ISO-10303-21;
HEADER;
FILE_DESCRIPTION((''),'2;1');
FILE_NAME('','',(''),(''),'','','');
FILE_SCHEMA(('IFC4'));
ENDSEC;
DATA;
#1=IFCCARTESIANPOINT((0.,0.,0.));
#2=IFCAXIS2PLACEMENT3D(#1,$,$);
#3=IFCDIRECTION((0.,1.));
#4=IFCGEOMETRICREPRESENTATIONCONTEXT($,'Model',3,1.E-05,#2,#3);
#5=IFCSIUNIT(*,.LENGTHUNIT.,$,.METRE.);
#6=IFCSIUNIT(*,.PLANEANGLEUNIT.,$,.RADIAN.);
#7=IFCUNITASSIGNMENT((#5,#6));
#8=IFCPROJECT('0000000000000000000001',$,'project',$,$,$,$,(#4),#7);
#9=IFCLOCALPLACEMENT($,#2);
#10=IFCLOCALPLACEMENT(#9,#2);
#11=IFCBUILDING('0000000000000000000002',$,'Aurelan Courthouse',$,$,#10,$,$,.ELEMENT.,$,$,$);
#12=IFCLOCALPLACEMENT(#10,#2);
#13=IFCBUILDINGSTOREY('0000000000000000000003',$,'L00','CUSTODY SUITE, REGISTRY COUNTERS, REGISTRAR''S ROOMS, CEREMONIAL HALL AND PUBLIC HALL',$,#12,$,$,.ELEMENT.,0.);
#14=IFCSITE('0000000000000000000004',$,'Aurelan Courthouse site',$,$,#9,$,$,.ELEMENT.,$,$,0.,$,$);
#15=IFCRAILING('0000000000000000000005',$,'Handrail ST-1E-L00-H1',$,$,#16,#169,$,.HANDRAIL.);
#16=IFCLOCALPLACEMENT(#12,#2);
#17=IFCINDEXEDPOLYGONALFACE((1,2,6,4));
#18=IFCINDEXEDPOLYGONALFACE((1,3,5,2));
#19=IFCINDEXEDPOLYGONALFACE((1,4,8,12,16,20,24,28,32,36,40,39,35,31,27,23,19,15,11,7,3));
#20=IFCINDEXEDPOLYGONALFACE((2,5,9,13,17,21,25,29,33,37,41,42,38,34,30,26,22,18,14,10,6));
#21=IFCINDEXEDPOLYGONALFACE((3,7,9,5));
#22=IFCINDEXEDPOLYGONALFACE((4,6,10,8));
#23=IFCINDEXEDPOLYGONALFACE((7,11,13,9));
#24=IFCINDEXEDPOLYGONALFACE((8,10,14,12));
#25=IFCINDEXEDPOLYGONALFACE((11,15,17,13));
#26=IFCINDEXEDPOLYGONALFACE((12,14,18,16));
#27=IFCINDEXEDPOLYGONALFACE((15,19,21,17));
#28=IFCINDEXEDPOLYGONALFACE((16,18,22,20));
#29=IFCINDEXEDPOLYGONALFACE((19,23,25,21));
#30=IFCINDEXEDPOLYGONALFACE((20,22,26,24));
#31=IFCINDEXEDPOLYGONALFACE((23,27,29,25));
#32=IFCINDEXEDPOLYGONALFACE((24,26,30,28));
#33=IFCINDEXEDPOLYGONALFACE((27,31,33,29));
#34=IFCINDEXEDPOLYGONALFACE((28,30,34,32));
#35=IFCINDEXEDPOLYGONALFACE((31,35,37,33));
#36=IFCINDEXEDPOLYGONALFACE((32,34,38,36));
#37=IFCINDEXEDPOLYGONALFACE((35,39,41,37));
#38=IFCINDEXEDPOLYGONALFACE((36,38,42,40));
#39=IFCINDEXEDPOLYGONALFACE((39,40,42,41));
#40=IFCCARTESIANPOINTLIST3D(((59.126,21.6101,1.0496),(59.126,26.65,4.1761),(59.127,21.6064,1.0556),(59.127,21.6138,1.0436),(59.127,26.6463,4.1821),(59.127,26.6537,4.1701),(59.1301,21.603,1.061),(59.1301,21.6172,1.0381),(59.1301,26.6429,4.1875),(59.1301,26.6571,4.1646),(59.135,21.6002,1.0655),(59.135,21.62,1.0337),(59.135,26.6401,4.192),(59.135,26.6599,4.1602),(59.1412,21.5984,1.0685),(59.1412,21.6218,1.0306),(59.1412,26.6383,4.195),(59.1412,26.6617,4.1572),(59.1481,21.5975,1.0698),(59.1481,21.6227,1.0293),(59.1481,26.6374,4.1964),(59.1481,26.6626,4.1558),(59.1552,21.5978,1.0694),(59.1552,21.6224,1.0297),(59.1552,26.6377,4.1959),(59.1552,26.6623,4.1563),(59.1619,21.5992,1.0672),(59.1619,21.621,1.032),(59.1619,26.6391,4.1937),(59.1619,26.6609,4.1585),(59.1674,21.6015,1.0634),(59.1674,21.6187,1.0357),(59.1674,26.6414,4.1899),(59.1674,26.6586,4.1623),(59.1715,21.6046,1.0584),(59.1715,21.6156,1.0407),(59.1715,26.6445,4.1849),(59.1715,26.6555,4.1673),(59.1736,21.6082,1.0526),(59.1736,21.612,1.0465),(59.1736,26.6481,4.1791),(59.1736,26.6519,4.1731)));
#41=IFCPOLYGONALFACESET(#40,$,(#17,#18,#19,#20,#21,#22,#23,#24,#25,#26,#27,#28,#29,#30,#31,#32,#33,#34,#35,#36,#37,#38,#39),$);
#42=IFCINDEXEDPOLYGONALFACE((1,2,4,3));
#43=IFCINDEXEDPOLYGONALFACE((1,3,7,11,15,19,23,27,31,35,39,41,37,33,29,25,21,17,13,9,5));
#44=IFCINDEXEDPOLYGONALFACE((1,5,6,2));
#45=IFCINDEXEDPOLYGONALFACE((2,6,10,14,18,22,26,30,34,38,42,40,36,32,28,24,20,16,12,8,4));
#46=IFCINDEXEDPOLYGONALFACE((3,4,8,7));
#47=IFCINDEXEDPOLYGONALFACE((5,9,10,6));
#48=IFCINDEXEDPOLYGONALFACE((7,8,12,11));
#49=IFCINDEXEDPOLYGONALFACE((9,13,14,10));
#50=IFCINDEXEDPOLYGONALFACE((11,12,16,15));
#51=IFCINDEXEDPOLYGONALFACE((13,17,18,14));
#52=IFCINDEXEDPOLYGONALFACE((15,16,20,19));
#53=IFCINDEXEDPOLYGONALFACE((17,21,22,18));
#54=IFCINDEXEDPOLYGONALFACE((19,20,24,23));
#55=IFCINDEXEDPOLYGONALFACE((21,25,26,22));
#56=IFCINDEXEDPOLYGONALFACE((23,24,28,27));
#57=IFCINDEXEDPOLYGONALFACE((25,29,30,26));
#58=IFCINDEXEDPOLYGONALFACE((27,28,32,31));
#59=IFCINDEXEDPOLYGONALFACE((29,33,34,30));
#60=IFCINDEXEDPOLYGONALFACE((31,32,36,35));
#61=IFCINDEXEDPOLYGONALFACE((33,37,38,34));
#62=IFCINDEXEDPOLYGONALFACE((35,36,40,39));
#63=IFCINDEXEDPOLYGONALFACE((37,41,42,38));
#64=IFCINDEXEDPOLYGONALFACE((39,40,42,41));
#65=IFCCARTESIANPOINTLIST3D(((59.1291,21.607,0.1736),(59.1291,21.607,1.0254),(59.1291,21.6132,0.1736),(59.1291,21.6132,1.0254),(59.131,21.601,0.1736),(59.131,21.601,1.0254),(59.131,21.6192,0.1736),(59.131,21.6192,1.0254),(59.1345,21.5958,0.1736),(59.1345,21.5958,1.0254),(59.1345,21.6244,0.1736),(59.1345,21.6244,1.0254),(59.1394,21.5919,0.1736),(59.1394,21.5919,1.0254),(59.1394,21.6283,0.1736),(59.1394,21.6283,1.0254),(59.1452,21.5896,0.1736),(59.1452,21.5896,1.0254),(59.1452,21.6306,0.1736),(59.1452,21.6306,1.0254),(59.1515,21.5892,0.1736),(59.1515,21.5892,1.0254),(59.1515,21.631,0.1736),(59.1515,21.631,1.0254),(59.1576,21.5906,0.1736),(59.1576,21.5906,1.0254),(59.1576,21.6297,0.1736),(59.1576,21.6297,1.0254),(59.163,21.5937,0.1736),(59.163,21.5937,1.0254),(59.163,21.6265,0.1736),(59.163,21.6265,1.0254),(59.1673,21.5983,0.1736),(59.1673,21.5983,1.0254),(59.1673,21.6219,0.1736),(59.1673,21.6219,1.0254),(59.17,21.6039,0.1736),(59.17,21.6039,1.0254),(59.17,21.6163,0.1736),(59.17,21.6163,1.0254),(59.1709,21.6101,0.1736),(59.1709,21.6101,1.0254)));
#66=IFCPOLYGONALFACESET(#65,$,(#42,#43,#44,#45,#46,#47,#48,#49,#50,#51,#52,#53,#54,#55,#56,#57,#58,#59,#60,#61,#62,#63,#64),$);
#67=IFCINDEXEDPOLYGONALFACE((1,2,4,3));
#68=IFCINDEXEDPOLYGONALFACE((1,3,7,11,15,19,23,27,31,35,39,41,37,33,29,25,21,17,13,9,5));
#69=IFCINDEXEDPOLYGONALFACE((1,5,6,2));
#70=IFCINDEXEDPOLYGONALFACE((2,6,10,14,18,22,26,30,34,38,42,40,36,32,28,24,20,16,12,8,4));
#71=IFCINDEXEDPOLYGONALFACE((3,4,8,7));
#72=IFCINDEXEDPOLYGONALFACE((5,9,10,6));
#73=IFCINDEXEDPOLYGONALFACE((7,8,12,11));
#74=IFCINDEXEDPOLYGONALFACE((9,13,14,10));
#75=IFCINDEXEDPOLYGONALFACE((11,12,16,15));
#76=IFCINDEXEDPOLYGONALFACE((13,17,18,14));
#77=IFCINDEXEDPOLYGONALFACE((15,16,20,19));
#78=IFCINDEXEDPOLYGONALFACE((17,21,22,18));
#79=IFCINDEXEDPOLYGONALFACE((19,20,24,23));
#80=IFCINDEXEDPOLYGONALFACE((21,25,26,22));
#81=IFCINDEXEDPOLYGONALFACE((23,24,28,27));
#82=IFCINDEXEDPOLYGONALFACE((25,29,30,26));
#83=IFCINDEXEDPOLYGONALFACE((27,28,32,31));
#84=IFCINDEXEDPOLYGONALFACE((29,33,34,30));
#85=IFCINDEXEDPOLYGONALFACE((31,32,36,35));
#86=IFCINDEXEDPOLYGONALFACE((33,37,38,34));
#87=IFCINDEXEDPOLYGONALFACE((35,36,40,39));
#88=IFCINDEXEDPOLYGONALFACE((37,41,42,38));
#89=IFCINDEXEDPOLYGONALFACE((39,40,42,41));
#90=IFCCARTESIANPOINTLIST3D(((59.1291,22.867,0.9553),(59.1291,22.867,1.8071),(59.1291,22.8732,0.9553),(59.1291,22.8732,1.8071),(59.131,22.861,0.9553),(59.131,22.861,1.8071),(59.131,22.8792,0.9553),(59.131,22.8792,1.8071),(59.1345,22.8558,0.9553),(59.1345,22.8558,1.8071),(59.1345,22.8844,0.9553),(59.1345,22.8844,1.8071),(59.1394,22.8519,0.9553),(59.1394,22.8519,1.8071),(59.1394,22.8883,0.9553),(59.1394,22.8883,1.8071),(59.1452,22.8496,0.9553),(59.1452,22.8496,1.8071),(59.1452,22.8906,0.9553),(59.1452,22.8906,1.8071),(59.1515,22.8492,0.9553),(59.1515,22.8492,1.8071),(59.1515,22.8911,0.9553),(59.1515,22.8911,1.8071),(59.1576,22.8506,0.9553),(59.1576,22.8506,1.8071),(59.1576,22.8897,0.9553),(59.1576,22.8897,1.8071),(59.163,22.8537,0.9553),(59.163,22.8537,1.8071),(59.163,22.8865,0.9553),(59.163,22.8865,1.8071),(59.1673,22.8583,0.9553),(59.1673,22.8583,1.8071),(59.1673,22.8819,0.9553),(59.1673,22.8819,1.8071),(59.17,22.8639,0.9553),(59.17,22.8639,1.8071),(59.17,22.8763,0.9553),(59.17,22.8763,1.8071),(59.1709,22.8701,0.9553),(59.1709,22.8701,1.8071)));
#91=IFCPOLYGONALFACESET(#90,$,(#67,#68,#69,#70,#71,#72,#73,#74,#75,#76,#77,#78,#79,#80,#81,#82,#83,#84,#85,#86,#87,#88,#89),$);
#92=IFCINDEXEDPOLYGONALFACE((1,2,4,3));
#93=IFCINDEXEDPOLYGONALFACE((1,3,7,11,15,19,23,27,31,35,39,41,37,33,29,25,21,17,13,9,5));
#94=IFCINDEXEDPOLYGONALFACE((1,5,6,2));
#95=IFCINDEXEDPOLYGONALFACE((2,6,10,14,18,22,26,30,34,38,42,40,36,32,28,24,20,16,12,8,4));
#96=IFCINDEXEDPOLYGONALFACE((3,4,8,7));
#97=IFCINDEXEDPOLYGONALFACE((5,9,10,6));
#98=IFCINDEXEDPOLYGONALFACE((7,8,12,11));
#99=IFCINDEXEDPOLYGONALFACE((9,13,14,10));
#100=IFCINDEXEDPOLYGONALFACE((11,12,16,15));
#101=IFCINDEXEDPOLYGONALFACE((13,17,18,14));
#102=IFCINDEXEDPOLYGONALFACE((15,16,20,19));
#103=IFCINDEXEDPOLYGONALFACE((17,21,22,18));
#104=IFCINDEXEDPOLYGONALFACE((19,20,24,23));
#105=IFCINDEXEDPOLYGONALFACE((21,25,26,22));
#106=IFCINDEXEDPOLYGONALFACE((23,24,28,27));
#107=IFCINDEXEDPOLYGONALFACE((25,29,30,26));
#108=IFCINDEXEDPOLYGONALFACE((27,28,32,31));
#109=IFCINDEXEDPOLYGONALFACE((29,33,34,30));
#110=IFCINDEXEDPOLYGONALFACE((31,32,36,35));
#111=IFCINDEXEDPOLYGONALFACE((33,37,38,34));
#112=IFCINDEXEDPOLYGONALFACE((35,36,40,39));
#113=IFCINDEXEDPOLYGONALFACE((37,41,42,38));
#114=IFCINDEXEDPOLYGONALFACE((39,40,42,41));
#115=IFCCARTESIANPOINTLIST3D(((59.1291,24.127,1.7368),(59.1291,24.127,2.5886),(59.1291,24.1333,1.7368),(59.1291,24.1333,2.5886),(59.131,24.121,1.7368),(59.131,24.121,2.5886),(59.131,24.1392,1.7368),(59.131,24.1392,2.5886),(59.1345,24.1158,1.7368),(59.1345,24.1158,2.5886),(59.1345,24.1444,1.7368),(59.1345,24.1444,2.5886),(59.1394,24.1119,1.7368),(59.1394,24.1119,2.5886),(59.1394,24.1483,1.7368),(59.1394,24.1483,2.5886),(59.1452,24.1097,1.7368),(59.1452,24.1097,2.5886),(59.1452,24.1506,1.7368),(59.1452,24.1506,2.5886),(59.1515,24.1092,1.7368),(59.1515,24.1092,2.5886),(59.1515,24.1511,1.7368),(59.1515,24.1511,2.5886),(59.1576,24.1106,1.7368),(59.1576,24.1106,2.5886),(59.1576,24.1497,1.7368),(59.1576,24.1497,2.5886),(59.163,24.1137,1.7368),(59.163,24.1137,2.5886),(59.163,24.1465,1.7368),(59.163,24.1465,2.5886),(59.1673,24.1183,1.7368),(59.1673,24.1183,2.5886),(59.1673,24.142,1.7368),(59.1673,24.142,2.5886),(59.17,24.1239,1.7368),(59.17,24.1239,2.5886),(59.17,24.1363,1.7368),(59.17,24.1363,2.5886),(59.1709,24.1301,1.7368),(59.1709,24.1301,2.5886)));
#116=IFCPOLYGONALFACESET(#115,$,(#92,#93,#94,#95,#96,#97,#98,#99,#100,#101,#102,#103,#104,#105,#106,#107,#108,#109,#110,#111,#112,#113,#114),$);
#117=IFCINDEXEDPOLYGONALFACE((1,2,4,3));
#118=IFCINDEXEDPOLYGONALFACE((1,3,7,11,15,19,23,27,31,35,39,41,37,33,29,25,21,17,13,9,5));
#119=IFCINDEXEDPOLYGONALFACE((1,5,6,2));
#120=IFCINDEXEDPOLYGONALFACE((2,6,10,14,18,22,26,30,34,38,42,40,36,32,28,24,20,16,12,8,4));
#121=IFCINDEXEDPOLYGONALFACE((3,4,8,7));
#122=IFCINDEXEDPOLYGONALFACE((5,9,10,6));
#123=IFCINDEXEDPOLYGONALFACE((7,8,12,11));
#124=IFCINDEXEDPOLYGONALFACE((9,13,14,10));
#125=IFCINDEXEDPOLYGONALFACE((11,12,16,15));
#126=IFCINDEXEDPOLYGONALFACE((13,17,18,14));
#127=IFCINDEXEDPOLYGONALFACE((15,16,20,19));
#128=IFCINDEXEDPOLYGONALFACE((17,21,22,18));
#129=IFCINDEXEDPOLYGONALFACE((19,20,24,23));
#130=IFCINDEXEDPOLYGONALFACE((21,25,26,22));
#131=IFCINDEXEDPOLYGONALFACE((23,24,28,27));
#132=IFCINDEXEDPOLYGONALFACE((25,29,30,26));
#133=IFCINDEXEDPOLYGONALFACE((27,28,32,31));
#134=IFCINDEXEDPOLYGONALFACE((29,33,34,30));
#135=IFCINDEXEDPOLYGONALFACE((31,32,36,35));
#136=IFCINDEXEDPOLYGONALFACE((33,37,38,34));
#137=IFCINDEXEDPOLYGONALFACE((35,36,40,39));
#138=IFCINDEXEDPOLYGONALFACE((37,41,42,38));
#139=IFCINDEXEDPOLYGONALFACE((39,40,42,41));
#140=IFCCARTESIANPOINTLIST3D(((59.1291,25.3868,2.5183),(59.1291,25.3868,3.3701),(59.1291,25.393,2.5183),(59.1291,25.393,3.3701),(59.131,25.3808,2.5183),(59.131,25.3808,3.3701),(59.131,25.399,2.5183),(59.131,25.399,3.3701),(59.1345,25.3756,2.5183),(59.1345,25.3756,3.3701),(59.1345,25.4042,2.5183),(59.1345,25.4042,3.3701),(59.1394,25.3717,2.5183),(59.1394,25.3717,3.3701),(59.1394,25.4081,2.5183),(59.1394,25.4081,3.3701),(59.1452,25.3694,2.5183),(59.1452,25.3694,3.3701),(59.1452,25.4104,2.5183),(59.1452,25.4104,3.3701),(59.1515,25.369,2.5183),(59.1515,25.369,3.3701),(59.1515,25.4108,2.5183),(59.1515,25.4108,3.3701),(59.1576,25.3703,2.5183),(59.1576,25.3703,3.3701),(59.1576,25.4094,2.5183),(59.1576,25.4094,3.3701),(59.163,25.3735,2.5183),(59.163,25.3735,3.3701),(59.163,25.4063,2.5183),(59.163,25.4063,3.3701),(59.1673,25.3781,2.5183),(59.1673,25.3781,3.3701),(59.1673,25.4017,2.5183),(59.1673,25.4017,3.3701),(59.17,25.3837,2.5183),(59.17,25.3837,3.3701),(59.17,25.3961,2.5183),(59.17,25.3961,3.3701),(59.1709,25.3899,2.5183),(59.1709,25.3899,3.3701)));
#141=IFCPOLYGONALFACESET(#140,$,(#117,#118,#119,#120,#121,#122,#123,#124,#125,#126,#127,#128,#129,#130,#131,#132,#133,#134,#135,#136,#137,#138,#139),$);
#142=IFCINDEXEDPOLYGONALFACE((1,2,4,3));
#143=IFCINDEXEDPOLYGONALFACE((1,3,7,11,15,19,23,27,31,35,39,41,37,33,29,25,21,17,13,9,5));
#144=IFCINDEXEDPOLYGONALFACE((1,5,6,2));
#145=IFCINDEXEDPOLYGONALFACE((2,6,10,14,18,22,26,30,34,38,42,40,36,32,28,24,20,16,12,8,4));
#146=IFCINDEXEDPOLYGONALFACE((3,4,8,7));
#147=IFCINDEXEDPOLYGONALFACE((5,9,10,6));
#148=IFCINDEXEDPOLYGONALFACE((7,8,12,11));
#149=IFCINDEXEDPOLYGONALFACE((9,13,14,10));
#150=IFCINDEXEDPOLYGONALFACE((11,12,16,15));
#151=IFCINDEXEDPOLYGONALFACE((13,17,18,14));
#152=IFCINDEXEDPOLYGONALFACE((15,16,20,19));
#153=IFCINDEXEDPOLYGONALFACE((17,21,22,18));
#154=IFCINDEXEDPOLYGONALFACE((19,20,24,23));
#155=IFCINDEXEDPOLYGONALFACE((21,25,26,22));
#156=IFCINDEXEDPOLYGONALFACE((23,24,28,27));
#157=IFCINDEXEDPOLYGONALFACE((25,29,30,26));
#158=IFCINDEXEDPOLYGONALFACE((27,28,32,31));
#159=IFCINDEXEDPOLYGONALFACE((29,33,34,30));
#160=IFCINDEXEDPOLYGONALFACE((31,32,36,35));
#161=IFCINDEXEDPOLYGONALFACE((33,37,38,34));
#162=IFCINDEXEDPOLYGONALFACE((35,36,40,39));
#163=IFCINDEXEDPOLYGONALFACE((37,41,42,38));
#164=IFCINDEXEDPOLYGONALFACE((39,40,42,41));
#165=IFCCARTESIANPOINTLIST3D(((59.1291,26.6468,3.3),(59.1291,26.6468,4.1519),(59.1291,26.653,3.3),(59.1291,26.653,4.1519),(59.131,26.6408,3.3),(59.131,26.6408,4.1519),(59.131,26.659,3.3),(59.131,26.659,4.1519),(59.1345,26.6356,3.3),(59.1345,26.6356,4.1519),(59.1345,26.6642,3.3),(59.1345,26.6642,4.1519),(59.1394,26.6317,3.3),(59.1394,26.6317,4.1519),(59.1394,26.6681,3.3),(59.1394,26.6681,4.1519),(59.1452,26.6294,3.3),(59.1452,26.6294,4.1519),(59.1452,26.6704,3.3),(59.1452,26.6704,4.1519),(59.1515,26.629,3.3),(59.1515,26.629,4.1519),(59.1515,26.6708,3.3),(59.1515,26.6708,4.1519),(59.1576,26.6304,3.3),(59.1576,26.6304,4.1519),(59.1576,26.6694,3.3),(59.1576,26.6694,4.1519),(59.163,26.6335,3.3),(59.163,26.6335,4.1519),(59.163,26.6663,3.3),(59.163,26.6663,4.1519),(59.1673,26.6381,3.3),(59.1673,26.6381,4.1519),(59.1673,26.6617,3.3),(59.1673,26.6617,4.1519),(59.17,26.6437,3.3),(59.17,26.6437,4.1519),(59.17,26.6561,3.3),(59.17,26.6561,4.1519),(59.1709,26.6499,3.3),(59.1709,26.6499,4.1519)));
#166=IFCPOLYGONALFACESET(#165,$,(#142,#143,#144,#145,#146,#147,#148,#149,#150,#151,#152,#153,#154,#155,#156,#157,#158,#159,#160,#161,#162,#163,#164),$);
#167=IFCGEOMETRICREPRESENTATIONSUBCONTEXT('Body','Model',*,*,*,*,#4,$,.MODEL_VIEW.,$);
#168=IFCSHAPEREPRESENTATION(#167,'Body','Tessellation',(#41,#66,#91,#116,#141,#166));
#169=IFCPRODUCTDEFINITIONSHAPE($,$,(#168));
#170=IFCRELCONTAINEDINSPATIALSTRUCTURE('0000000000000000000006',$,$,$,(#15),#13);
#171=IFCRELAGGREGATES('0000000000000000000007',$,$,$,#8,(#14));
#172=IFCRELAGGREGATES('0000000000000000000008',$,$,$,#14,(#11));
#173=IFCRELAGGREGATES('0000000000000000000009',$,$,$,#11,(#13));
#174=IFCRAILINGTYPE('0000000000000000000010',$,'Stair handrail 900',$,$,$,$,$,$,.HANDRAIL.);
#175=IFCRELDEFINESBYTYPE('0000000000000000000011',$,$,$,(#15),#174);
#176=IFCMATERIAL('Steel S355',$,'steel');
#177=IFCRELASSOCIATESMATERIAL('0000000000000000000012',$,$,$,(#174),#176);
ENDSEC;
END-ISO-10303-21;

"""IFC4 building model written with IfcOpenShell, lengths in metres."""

from ifc_helpers import new_model, si_unit, direction, frame, origin, origin_2d, place, context, subcontext, project, spatial, circle, extrude, material, type_object, element, save


model = new_model("IFC4")

# Units and contexts
model_context = context("Model", 3, precision=1e-05, world=origin(), true_north=direction((0.0, 1.0)))
body_context = subcontext(model_context, "Body", "Model", "MODEL_VIEW")
ifc_project = project(units=[si_unit("LENGTHUNIT", "METRE"), si_unit("PLANEANGLEUNIT", "RADIAN")], contexts=[model_context])

# Site, building, storey
site_placement = place(None, origin())
site = spatial("IfcSite", under=ifc_project, at=site_placement, Name="Aurelan Courthouse site", CompositionType="ELEMENT", RefElevation=0.0)
building_placement = place(site_placement, origin())
building = spatial("IfcBuilding", under=site, at=building_placement, Name="Aurelan Courthouse", CompositionType="ELEMENT")
storey_placement = place(building_placement, origin())
storey = spatial("IfcBuildingStorey", under=building, at=storey_placement, Name="L00", Description="CUSTODY SUITE, REGISTRY COUNTERS, REGISTRAR'S ROOMS, CEREMONIAL HALL AND PUBLIC HALL", CompositionType="ELEMENT", Elevation=0.0)

# Railing
ifc_material_1 = material(Name="Steel S355", Category="steel")
railing_type = type_object("IfcRailingType", Name="Stair handrail 900", PredefinedType="HANDRAIL", material=ifc_material_1)
for number, where, name in (
    (1, (59.1499, 21.6101, 0.1736), "Handrail ST-1E-L00-H1"),
):
    element("IfcRailing", number, at=place(storey_placement, frame(where)), inside=storey, type_object=railing_type, Name=name, PredefinedType="HANDRAIL", context=body_context, shape_type="SweptSolid", body=[
        extrude(circle(Radius=0.0239, at=origin_2d()), frame((0.0, 0.0, 0.876), z_axis=(0.0, 0.849767, 0.527158), x_axis=(-1.0, 0.0, 0.0)), (0.0, 0.0, 1.0), 5.9309),
        extrude(circle(Radius=0.021, at=origin_2d()), origin(), (0.0, 0.0, 1.0), 0.8518),
        extrude(circle(Radius=0.021, at=origin_2d()), frame((0.0, 1.26, 0.7817)), (0.0, 0.0, 1.0), 0.8518),
        extrude(circle(Radius=0.021, at=origin_2d()), frame((0.0, 2.52, 1.5632)), (0.0, 0.0, 1.0), 0.8518),
        extrude(circle(Radius=0.021, at=origin_2d()), frame((0.0, 3.7798, 2.3447)), (0.0, 0.0, 1.0), 0.8518),
        extrude(circle(Radius=0.021, at=origin_2d()), frame((0.0, 5.0398, 3.1265)), (0.0, 0.0, 1.0), 0.8518),
    ])

save(model, "model.ifc")
